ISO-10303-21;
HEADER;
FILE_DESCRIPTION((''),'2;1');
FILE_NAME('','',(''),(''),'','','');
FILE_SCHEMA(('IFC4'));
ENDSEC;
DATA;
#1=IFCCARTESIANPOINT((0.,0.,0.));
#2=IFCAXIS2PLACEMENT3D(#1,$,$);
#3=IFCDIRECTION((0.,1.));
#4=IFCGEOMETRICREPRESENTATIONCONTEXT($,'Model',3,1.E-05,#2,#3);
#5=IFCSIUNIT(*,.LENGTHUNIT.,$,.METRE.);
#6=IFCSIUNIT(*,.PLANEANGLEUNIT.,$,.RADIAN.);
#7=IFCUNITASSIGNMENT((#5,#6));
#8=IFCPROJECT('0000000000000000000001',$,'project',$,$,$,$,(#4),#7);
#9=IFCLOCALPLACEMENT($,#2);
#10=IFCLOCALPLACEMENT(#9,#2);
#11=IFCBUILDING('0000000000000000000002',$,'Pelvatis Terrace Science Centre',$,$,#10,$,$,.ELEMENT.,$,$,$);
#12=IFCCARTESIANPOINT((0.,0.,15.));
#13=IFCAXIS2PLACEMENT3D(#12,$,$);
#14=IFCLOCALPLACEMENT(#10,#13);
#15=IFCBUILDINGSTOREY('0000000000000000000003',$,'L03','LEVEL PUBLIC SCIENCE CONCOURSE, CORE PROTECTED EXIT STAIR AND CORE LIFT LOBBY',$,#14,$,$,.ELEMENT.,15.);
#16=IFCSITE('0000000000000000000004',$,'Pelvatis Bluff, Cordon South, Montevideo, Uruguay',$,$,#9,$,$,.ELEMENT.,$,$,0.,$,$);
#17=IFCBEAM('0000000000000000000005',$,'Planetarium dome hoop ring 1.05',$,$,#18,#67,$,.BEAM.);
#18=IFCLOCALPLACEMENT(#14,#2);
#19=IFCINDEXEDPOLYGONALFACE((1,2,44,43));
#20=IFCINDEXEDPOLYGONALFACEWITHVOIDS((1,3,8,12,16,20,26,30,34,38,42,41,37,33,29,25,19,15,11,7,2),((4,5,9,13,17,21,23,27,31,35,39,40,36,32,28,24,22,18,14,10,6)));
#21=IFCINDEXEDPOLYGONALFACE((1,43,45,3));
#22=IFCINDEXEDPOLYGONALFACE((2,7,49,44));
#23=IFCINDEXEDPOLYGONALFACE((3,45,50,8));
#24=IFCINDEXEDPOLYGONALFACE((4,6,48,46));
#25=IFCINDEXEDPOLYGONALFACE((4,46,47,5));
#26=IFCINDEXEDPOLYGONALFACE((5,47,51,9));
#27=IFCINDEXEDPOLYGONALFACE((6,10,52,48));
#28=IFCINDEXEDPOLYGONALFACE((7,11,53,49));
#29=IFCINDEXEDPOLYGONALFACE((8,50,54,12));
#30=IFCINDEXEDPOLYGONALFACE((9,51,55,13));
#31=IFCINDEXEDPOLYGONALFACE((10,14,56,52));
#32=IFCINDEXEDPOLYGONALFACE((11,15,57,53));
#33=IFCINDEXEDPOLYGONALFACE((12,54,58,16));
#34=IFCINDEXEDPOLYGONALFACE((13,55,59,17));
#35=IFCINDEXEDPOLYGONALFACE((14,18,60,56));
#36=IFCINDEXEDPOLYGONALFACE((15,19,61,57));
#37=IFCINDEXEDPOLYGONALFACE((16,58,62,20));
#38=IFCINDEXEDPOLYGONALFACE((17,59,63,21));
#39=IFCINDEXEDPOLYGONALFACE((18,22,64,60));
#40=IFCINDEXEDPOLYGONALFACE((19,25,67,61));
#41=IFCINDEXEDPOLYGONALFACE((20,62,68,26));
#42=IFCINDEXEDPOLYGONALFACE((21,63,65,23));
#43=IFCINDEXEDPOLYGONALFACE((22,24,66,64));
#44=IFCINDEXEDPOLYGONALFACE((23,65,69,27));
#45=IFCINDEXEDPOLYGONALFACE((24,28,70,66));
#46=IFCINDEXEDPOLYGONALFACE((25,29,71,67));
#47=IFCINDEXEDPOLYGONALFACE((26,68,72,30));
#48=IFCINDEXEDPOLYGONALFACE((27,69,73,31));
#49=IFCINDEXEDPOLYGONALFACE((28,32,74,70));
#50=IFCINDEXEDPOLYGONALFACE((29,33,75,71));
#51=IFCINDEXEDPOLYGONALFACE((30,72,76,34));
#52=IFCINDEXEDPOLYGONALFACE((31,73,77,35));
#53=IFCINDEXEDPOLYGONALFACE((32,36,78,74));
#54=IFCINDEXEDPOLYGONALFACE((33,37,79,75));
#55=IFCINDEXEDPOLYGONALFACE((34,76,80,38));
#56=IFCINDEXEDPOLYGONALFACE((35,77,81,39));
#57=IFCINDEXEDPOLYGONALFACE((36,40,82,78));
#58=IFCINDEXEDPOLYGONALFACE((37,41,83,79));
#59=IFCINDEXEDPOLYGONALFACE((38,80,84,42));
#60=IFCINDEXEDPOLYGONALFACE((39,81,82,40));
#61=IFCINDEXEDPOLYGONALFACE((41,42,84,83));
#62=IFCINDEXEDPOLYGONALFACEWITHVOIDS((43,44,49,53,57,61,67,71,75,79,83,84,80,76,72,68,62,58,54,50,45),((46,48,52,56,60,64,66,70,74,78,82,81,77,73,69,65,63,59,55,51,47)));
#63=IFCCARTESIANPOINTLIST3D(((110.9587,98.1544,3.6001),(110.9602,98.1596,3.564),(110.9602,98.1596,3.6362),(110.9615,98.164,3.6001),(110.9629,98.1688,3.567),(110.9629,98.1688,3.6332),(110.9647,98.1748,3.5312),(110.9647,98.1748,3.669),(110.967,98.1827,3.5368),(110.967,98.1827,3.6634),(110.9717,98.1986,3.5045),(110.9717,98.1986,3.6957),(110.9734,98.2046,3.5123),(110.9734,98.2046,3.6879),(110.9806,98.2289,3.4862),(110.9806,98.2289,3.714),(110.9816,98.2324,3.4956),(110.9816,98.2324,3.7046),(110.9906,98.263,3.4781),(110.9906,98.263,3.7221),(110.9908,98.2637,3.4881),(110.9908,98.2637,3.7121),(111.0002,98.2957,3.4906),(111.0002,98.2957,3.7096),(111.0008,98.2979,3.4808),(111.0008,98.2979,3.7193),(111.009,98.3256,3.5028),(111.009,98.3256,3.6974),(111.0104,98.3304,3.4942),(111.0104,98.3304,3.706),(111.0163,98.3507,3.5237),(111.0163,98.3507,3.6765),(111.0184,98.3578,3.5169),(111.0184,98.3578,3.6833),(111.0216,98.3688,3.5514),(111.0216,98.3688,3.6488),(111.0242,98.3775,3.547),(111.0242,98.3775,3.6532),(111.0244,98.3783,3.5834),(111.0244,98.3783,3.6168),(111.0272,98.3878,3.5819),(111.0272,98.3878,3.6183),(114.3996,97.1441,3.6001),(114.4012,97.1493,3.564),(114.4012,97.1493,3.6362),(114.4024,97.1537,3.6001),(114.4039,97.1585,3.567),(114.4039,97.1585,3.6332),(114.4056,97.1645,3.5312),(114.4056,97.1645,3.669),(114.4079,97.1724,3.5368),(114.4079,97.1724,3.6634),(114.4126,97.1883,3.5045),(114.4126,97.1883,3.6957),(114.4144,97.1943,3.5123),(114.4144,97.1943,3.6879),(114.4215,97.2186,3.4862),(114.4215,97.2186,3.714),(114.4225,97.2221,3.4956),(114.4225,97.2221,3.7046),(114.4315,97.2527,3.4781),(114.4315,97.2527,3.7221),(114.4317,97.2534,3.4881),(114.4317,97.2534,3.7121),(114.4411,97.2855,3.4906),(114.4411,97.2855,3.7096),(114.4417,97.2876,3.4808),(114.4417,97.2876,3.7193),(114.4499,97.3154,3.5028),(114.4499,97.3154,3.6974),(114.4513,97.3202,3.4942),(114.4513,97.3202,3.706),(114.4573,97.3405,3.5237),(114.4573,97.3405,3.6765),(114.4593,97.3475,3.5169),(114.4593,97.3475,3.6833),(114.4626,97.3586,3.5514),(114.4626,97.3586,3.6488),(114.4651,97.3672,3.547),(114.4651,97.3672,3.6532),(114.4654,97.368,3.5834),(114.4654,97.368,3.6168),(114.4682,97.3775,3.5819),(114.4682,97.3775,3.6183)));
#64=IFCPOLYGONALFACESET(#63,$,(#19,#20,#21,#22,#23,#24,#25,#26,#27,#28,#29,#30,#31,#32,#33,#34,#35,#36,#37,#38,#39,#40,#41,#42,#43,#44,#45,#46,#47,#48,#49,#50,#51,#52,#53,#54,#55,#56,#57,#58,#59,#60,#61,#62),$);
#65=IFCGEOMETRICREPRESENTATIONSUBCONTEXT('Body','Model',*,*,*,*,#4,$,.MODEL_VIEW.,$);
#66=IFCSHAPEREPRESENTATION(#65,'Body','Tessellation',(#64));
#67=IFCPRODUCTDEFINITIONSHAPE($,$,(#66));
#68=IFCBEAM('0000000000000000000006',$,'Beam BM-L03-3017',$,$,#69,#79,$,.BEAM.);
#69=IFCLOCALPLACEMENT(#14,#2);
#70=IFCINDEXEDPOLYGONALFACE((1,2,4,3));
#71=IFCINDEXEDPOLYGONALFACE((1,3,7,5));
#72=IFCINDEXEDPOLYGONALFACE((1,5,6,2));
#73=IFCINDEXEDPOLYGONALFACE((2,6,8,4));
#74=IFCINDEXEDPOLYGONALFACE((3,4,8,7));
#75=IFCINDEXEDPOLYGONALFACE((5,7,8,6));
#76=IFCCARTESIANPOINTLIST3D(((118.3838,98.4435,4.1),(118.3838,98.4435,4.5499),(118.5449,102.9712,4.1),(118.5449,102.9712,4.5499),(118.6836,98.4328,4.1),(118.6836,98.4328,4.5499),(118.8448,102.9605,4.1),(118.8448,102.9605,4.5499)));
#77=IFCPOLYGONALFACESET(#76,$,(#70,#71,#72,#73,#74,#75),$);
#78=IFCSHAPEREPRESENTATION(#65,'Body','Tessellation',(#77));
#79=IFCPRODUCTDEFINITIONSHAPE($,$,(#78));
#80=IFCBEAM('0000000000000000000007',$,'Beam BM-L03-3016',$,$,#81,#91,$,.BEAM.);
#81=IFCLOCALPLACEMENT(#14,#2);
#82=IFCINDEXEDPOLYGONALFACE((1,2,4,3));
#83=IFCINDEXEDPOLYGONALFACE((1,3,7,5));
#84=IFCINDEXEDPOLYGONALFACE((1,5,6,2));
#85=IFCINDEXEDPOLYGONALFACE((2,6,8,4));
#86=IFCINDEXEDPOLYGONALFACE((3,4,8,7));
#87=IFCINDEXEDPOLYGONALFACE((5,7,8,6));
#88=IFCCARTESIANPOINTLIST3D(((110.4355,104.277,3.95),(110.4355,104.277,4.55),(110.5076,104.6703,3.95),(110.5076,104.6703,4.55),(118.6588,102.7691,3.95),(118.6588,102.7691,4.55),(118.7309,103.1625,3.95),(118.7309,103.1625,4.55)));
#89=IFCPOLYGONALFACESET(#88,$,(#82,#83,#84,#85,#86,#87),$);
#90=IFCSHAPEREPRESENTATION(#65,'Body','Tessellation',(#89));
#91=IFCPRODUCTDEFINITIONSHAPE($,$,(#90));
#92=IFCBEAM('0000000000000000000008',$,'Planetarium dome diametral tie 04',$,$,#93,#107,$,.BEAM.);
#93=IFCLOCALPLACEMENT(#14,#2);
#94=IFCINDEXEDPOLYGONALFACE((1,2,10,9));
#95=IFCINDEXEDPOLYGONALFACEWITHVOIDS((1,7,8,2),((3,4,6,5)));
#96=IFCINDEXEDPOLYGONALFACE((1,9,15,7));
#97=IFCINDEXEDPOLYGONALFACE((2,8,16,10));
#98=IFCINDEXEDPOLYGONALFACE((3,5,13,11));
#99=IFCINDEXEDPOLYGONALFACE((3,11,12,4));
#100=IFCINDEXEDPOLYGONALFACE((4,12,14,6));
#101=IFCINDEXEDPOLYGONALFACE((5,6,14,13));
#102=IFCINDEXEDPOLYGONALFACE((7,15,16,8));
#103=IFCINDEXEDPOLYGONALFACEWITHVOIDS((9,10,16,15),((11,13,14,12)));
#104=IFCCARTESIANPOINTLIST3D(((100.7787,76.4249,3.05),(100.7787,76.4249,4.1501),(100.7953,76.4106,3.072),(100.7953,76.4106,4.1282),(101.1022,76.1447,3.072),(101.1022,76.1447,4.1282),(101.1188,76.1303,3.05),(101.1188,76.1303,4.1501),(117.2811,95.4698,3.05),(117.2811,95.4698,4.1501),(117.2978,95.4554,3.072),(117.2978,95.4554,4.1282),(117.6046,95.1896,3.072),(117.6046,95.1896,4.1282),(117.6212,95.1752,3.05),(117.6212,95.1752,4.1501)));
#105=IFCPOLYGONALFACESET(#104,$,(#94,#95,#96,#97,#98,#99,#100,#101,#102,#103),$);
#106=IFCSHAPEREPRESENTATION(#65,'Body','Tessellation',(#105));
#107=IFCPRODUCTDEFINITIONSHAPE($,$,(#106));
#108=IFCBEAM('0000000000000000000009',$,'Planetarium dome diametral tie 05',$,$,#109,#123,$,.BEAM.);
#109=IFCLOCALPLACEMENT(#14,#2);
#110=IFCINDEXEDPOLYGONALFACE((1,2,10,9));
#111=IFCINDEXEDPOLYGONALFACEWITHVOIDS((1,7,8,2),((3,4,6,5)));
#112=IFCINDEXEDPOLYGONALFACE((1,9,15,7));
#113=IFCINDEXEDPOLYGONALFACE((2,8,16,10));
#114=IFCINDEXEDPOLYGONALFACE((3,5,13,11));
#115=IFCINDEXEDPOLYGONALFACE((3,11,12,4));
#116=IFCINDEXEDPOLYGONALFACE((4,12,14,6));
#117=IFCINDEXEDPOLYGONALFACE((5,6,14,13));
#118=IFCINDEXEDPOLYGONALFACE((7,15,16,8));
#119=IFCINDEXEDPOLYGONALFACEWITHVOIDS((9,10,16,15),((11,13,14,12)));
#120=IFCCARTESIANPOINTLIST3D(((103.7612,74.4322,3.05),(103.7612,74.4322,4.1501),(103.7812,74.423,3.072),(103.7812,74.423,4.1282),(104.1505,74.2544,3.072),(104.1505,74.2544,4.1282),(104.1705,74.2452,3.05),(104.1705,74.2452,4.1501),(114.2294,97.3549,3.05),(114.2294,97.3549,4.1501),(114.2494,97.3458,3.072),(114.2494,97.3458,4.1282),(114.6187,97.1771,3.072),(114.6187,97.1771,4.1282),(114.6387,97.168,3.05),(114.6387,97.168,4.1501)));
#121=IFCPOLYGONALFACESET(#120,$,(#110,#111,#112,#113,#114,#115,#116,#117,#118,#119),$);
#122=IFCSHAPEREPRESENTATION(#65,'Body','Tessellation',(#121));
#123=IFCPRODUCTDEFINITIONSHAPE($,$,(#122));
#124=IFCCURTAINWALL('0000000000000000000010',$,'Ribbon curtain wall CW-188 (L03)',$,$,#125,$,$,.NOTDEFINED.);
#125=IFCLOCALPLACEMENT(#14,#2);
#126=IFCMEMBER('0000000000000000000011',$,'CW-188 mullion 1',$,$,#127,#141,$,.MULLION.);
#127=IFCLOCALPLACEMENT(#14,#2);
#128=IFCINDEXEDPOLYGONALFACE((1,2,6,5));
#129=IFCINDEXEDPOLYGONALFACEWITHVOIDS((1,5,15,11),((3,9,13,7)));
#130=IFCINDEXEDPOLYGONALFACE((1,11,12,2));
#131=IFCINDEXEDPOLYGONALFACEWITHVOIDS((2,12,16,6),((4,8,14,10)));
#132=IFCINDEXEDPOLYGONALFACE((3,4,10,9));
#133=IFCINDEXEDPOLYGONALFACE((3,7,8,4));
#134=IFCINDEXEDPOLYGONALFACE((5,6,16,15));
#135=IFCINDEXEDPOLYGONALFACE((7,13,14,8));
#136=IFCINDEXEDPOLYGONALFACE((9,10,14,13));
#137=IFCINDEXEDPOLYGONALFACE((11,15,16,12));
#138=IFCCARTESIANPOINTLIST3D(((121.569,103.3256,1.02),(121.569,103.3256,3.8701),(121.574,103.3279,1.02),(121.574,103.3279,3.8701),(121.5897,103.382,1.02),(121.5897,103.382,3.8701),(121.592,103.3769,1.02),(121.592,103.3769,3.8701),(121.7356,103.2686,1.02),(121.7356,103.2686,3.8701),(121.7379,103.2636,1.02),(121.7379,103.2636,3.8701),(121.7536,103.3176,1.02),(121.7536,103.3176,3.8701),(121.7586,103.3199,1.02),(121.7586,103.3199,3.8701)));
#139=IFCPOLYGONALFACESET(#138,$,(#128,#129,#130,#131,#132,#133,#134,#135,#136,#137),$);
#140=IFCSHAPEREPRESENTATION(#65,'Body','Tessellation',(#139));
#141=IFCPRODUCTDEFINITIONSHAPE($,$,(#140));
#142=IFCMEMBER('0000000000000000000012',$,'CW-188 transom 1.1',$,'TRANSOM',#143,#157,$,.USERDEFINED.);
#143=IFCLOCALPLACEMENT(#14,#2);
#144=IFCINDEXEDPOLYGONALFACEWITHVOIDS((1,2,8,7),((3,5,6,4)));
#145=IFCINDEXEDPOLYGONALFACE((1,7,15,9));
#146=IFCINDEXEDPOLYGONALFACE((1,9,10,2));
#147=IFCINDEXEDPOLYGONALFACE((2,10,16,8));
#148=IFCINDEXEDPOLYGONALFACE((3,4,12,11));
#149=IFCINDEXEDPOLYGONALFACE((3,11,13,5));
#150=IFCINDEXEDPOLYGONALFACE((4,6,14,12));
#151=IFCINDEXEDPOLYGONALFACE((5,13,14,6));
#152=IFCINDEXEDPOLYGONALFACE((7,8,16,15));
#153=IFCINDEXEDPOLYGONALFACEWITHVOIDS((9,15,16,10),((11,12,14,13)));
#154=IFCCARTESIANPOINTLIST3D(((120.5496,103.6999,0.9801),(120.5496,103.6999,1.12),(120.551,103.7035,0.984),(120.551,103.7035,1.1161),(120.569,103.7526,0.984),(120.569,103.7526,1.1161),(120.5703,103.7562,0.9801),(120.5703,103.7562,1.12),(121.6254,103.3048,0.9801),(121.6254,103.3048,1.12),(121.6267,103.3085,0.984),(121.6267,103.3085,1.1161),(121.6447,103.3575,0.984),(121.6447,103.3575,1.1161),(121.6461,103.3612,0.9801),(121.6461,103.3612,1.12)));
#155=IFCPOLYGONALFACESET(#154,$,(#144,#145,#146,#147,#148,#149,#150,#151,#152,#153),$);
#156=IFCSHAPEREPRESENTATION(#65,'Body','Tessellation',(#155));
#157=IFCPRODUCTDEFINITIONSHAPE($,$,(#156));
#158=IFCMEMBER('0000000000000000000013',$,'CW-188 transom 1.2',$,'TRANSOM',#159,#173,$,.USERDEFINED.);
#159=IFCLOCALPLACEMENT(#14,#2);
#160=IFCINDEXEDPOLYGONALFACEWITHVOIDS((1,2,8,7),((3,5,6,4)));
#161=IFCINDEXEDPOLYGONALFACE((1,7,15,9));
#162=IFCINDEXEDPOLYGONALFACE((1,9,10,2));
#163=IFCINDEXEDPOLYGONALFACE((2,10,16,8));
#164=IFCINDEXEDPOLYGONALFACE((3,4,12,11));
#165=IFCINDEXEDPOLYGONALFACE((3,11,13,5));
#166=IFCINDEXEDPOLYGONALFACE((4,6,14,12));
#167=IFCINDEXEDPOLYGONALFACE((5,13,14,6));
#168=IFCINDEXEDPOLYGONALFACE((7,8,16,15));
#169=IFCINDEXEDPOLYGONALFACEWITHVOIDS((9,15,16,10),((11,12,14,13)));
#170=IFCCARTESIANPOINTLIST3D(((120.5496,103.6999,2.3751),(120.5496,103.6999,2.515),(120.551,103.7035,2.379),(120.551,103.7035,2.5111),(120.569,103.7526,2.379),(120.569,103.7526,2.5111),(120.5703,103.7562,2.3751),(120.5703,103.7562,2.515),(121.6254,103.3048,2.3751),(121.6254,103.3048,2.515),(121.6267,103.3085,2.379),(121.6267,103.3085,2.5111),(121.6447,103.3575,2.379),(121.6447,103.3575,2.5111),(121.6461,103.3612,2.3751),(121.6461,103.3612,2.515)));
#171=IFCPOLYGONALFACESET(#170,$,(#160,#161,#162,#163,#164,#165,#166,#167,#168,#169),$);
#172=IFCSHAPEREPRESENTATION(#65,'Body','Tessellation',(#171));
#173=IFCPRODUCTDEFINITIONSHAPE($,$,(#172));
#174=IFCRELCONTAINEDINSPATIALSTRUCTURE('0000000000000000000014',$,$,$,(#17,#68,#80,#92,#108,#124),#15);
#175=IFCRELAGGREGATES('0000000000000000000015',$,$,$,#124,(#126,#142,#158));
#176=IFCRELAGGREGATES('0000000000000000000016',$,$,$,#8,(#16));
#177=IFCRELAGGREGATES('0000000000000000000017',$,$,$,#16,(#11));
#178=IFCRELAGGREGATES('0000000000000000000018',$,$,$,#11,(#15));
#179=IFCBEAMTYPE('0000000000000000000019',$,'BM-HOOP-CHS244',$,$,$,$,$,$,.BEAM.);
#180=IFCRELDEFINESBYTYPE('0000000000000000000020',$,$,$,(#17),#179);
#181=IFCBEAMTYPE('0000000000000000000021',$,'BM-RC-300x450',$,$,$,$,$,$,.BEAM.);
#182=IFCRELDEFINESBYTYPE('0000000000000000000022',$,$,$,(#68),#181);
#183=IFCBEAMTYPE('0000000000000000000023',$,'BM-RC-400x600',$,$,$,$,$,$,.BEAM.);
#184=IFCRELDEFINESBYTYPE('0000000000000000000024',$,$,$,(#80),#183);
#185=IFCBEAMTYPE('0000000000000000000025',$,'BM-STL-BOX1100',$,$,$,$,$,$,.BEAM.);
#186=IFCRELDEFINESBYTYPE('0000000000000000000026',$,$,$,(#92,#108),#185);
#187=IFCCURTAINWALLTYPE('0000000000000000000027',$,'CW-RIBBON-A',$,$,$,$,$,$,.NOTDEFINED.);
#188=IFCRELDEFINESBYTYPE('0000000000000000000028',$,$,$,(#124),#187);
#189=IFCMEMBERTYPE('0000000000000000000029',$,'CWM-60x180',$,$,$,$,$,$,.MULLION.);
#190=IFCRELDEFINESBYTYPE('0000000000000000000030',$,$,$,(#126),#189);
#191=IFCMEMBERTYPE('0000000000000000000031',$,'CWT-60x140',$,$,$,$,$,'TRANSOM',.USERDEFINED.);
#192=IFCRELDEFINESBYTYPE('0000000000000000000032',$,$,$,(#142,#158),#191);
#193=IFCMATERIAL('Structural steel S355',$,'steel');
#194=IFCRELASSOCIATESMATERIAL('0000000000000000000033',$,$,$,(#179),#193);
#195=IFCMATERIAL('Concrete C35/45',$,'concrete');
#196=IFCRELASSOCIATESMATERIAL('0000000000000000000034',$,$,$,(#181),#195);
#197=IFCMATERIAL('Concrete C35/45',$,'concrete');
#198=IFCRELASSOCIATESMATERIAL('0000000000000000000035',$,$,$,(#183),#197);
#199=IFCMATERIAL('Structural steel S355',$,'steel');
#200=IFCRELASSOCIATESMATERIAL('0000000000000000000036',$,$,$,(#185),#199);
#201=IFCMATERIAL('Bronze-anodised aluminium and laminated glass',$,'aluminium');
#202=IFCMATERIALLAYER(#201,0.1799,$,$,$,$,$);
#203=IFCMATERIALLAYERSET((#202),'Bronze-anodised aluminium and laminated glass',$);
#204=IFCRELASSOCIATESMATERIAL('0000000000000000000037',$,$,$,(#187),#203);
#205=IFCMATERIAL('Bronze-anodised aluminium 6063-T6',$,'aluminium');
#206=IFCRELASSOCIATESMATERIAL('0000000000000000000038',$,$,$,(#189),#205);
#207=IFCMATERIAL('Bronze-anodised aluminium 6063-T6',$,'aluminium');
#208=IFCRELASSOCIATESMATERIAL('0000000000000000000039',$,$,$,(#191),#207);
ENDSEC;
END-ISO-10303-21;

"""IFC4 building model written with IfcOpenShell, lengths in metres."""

from ifc_helpers import new_model, si_unit, direction, frame, origin, origin_2d, place, context, subcontext, project, spatial, rectangle, hollow_rectangle, hollow_circle, extrude, material, layer, layer_set, material_profile, profile_set, type_object, element, aggregate, save


model = new_model("IFC4")

# Units and contexts
model_context = context("Model", 3, precision=1e-05, world=origin(), true_north=direction((0.0, 1.0)))
body_context = subcontext(model_context, "Body", "Model", "MODEL_VIEW")
ifc_project = project(units=[si_unit("LENGTHUNIT", "METRE"), si_unit("PLANEANGLEUNIT", "RADIAN")], contexts=[model_context])

# Site, building, storey
site_placement = place(None, origin())
site = spatial("IfcSite", under=ifc_project, at=site_placement, Name="Pelvatis Bluff, Cordon South, Montevideo, Uruguay", CompositionType="ELEMENT", RefElevation=0.0)
building_placement = place(site_placement, origin())
building = spatial("IfcBuilding", under=site, at=building_placement, Name="Pelvatis Terrace Science Centre", CompositionType="ELEMENT")
storey_placement = place(building_placement, frame((0.0, 0.0, 15.0)))
storey = spatial("IfcBuildingStorey", under=building, at=storey_placement, Name="L03", Description="LEVEL PUBLIC SCIENCE CONCOURSE, CORE PROTECTED EXIT STAIR AND CORE LIFT LOBBY", CompositionType="ELEMENT", Elevation=15.0)

# Beams
ifc_material_1 = material(Name="Structural steel S355", Category="steel")
ifc_material_profile_1 = material_profile(ifc_material_1, hollow_circle(Radius=0.1223, WallThickness=0.01, at=origin_2d()), Name="CHS 244.5x10.0")
ifc_profile_set_1 = profile_set([ifc_material_profile_1], Name="Structural steel S355")
beam_type_1 = type_object("IfcBeamType", Name="BM-HOOP-CHS244", PredefinedType="BEAM", material=ifc_profile_set_1)
beam_1_placement = place(storey_placement, frame((114.4341, 97.2615, 3.6001), z_axis=(-0.9595, 0.281709, 0.0), x_axis=(-0.281709, -0.9595, 0.0)))
element("IfcBeam", 1, at=beam_1_placement, inside=storey, type_object=beam_type_1, Name="Planetarium dome hoop ring 1.05", PredefinedType="BEAM", context=body_context, shape_type="SweptSolid", body=[
    extrude(hollow_circle(Radius=0.1223, WallThickness=0.01, at=origin_2d()), origin(), (0.0, 0.0, 1.0), 3.5862),
])
ifc_material_2 = material(Name="Concrete C35/45", Category="concrete")
ifc_material_profile_2 = material_profile(ifc_material_2, rectangle(XDim=0.3, YDim=0.45, at=origin_2d()), Name="RC-BM 300x450")
ifc_profile_set_2 = profile_set([ifc_material_profile_2], Name="Concrete C35/45")
beam_type_2 = type_object("IfcBeamType", Name="BM-RC-300x450", PredefinedType="BEAM", material=ifc_profile_set_2)
beam_2_placement = place(storey_placement, frame((118.6948, 102.9658, 4.325), z_axis=(-0.035567, -0.999367, 0.0), x_axis=(0.999367, -0.035567, 0.0)))
element("IfcBeam", 2, at=beam_2_placement, inside=storey, type_object=beam_type_2, Name="Beam BM-L03-3017", PredefinedType="BEAM", context=body_context, shape_type="SweptSolid", body=[
    extrude(rectangle(XDim=0.3, YDim=0.45, at=origin_2d()), origin(), (0.0, 0.0, 1.0), 4.5305),
])
ifc_material_3 = material(Name="Concrete C35/45", Category="concrete")
ifc_material_profile_3 = material_profile(ifc_material_3, rectangle(XDim=0.3999, YDim=0.6001, at=origin_2d()), Name="RC-BM 400x600")
ifc_profile_set_3 = profile_set([ifc_material_profile_3], Name="Concrete C35/45")
beam_type_3 = type_object("IfcBeamType", Name="BM-RC-400x600", PredefinedType="BEAM", material=ifc_profile_set_3)
beam_3_placement = place(storey_placement, frame((118.6948, 102.9658, 4.25), z_axis=(-0.983602, 0.180355, 0.0), x_axis=(-0.180355, -0.983602, 0.0)))
element("IfcBeam", 3, at=beam_3_placement, inside=storey, type_object=beam_type_3, Name="Beam BM-L03-3016", PredefinedType="BEAM", context=body_context, shape_type="SweptSolid", body=[
    extrude(rectangle(XDim=0.3999, YDim=0.6001, at=origin_2d()), origin(), (0.0, 0.0, 1.0), 8.3604),
])
ifc_material_4 = material(Name="Structural steel S355", Category="steel")
ifc_material_profile_4 = material_profile(ifc_material_4, hollow_rectangle(XDim=0.45, YDim=1.1001, WallThickness=0.022, at=origin_2d()), Name="RHS 1100x450x22.0")
ifc_profile_set_4 = profile_set([ifc_material_profile_4], Name="Structural steel S355")
beam_type_4 = type_object("IfcBeamType", Name="BM-STL-BOX1100", PredefinedType="BEAM", material=ifc_profile_set_4)
for number, where, z_axis, x_axis, name in (
    (4, (117.4512, 95.3225, 3.6001), (-0.654859, -0.755751, 0.0), (0.755751, -0.654859, 0.0), "Planetarium dome diametral tie 04"),
    (5, (114.4341, 97.2615, 3.6001), (-0.415407, -0.909636, 0.0), (0.909636, -0.415407, 0.0), "Planetarium dome diametral tie 05"),
):
    element("IfcBeam", number, at=place(storey_placement, frame(where, z_axis=z_axis, x_axis=x_axis)), inside=storey, type_object=beam_type_4, Name=name, PredefinedType="BEAM", context=body_context, shape_type="SweptSolid", body=[
        extrude(hollow_rectangle(XDim=0.45, YDim=1.1001, WallThickness=0.022, at=origin_2d()), origin(), (0.0, 0.0, 1.0), 25.2),
    ])

# Curtain wall, members
ifc_material_5 = material(Name="Bronze-anodised aluminium and laminated glass", Category="aluminium")
ifc_layer_1 = layer(ifc_material_5, 0.1799)
ifc_layer_set_1 = layer_set([ifc_layer_1], Name="Bronze-anodised aluminium and laminated glass")
curtain_wall_type = type_object("IfcCurtainWallType", Name="CW-RIBBON-A", PredefinedType="NOTDEFINED", material=ifc_layer_set_1)
curtain_wall_placement = place(storey_placement, origin())
curtain_wall = element("IfcCurtainWall", 6, at=curtain_wall_placement, inside=storey, type_object=curtain_wall_type, Name="Ribbon curtain wall CW-188 (L03)", PredefinedType="NOTDEFINED")
ifc_material_6 = material(Name="Bronze-anodised aluminium 6063-T6", Category="aluminium")
ifc_material_profile_5 = material_profile(ifc_material_6, hollow_rectangle(XDim=0.0601, YDim=0.1799, WallThickness=0.0039, at=origin_2d()), Name="ALU-MUL 60x180")
ifc_profile_set_5 = profile_set([ifc_material_profile_5], Name="Bronze-anodised aluminium 6063-T6")
member_type_1 = type_object("IfcMemberType", Name="CWM-60x180", PredefinedType="MULLION", material=ifc_profile_set_5)
member_1_placement = place(storey_placement, frame((121.6638, 103.3228, 1.02), z_axis=(0.0, 0.0, 1.0), x_axis=(-0.344728, -0.938703, 0.0)))
member_1 = element("IfcMember", 7, at=member_1_placement, type_object=member_type_1, Name="CW-188 mullion 1", PredefinedType="MULLION", context=body_context, shape_type="SweptSolid", body=[
    extrude(hollow_rectangle(XDim=0.0601, YDim=0.1799, WallThickness=0.0039, at=origin_2d()), origin(), (0.0, 0.0, 1.0), 2.8501),
])
ifc_material_7 = material(Name="Bronze-anodised aluminium 6063-T6", Category="aluminium")
ifc_material_profile_6 = material_profile(ifc_material_7, hollow_rectangle(XDim=0.0601, YDim=0.1399, WallThickness=0.0039, at=origin_2d()), Name="ALU-TRN 60x140")
ifc_profile_set_6 = profile_set([ifc_material_profile_6], Name="Bronze-anodised aluminium 6063-T6")
member_type_2 = type_object("IfcMemberType", Name="CWT-60x140", ElementType="TRANSOM", PredefinedType="USERDEFINED", material=ifc_profile_set_6)
member_2_placement = place(storey_placement, frame((121.6357, 103.333, 1.05), z_axis=(-0.938706, 0.344718, 0.0), x_axis=(-0.344718, -0.938706, 0.0)))
member_2 = element("IfcMember", 8, at=member_2_placement, type_object=member_type_2, Name="CW-188 transom 1.1", ObjectType="TRANSOM", PredefinedType="USERDEFINED", context=body_context, shape_type="SweptSolid", body=[
    extrude(hollow_rectangle(XDim=0.0601, YDim=0.1399, WallThickness=0.0039, at=origin_2d()), origin(), (0.0, 0.0, 1.0), 1.146),
])
member_3_placement = place(storey_placement, frame((121.6357, 103.333, 2.4451), z_axis=(-0.938706, 0.344718, 0.0), x_axis=(-0.344718, -0.938706, 0.0)))
member_3 = element("IfcMember", 9, at=member_3_placement, type_object=member_type_2, Name="CW-188 transom 1.2", ObjectType="TRANSOM", PredefinedType="USERDEFINED", context=body_context, shape_type="SweptSolid", body=[
    extrude(hollow_rectangle(XDim=0.0601, YDim=0.1399, WallThickness=0.0039, at=origin_2d()), origin(), (0.0, 0.0, 1.0), 1.146),
])
aggregate(curtain_wall, [member_1, member_2, member_3])

save(model, "model.ifc")
